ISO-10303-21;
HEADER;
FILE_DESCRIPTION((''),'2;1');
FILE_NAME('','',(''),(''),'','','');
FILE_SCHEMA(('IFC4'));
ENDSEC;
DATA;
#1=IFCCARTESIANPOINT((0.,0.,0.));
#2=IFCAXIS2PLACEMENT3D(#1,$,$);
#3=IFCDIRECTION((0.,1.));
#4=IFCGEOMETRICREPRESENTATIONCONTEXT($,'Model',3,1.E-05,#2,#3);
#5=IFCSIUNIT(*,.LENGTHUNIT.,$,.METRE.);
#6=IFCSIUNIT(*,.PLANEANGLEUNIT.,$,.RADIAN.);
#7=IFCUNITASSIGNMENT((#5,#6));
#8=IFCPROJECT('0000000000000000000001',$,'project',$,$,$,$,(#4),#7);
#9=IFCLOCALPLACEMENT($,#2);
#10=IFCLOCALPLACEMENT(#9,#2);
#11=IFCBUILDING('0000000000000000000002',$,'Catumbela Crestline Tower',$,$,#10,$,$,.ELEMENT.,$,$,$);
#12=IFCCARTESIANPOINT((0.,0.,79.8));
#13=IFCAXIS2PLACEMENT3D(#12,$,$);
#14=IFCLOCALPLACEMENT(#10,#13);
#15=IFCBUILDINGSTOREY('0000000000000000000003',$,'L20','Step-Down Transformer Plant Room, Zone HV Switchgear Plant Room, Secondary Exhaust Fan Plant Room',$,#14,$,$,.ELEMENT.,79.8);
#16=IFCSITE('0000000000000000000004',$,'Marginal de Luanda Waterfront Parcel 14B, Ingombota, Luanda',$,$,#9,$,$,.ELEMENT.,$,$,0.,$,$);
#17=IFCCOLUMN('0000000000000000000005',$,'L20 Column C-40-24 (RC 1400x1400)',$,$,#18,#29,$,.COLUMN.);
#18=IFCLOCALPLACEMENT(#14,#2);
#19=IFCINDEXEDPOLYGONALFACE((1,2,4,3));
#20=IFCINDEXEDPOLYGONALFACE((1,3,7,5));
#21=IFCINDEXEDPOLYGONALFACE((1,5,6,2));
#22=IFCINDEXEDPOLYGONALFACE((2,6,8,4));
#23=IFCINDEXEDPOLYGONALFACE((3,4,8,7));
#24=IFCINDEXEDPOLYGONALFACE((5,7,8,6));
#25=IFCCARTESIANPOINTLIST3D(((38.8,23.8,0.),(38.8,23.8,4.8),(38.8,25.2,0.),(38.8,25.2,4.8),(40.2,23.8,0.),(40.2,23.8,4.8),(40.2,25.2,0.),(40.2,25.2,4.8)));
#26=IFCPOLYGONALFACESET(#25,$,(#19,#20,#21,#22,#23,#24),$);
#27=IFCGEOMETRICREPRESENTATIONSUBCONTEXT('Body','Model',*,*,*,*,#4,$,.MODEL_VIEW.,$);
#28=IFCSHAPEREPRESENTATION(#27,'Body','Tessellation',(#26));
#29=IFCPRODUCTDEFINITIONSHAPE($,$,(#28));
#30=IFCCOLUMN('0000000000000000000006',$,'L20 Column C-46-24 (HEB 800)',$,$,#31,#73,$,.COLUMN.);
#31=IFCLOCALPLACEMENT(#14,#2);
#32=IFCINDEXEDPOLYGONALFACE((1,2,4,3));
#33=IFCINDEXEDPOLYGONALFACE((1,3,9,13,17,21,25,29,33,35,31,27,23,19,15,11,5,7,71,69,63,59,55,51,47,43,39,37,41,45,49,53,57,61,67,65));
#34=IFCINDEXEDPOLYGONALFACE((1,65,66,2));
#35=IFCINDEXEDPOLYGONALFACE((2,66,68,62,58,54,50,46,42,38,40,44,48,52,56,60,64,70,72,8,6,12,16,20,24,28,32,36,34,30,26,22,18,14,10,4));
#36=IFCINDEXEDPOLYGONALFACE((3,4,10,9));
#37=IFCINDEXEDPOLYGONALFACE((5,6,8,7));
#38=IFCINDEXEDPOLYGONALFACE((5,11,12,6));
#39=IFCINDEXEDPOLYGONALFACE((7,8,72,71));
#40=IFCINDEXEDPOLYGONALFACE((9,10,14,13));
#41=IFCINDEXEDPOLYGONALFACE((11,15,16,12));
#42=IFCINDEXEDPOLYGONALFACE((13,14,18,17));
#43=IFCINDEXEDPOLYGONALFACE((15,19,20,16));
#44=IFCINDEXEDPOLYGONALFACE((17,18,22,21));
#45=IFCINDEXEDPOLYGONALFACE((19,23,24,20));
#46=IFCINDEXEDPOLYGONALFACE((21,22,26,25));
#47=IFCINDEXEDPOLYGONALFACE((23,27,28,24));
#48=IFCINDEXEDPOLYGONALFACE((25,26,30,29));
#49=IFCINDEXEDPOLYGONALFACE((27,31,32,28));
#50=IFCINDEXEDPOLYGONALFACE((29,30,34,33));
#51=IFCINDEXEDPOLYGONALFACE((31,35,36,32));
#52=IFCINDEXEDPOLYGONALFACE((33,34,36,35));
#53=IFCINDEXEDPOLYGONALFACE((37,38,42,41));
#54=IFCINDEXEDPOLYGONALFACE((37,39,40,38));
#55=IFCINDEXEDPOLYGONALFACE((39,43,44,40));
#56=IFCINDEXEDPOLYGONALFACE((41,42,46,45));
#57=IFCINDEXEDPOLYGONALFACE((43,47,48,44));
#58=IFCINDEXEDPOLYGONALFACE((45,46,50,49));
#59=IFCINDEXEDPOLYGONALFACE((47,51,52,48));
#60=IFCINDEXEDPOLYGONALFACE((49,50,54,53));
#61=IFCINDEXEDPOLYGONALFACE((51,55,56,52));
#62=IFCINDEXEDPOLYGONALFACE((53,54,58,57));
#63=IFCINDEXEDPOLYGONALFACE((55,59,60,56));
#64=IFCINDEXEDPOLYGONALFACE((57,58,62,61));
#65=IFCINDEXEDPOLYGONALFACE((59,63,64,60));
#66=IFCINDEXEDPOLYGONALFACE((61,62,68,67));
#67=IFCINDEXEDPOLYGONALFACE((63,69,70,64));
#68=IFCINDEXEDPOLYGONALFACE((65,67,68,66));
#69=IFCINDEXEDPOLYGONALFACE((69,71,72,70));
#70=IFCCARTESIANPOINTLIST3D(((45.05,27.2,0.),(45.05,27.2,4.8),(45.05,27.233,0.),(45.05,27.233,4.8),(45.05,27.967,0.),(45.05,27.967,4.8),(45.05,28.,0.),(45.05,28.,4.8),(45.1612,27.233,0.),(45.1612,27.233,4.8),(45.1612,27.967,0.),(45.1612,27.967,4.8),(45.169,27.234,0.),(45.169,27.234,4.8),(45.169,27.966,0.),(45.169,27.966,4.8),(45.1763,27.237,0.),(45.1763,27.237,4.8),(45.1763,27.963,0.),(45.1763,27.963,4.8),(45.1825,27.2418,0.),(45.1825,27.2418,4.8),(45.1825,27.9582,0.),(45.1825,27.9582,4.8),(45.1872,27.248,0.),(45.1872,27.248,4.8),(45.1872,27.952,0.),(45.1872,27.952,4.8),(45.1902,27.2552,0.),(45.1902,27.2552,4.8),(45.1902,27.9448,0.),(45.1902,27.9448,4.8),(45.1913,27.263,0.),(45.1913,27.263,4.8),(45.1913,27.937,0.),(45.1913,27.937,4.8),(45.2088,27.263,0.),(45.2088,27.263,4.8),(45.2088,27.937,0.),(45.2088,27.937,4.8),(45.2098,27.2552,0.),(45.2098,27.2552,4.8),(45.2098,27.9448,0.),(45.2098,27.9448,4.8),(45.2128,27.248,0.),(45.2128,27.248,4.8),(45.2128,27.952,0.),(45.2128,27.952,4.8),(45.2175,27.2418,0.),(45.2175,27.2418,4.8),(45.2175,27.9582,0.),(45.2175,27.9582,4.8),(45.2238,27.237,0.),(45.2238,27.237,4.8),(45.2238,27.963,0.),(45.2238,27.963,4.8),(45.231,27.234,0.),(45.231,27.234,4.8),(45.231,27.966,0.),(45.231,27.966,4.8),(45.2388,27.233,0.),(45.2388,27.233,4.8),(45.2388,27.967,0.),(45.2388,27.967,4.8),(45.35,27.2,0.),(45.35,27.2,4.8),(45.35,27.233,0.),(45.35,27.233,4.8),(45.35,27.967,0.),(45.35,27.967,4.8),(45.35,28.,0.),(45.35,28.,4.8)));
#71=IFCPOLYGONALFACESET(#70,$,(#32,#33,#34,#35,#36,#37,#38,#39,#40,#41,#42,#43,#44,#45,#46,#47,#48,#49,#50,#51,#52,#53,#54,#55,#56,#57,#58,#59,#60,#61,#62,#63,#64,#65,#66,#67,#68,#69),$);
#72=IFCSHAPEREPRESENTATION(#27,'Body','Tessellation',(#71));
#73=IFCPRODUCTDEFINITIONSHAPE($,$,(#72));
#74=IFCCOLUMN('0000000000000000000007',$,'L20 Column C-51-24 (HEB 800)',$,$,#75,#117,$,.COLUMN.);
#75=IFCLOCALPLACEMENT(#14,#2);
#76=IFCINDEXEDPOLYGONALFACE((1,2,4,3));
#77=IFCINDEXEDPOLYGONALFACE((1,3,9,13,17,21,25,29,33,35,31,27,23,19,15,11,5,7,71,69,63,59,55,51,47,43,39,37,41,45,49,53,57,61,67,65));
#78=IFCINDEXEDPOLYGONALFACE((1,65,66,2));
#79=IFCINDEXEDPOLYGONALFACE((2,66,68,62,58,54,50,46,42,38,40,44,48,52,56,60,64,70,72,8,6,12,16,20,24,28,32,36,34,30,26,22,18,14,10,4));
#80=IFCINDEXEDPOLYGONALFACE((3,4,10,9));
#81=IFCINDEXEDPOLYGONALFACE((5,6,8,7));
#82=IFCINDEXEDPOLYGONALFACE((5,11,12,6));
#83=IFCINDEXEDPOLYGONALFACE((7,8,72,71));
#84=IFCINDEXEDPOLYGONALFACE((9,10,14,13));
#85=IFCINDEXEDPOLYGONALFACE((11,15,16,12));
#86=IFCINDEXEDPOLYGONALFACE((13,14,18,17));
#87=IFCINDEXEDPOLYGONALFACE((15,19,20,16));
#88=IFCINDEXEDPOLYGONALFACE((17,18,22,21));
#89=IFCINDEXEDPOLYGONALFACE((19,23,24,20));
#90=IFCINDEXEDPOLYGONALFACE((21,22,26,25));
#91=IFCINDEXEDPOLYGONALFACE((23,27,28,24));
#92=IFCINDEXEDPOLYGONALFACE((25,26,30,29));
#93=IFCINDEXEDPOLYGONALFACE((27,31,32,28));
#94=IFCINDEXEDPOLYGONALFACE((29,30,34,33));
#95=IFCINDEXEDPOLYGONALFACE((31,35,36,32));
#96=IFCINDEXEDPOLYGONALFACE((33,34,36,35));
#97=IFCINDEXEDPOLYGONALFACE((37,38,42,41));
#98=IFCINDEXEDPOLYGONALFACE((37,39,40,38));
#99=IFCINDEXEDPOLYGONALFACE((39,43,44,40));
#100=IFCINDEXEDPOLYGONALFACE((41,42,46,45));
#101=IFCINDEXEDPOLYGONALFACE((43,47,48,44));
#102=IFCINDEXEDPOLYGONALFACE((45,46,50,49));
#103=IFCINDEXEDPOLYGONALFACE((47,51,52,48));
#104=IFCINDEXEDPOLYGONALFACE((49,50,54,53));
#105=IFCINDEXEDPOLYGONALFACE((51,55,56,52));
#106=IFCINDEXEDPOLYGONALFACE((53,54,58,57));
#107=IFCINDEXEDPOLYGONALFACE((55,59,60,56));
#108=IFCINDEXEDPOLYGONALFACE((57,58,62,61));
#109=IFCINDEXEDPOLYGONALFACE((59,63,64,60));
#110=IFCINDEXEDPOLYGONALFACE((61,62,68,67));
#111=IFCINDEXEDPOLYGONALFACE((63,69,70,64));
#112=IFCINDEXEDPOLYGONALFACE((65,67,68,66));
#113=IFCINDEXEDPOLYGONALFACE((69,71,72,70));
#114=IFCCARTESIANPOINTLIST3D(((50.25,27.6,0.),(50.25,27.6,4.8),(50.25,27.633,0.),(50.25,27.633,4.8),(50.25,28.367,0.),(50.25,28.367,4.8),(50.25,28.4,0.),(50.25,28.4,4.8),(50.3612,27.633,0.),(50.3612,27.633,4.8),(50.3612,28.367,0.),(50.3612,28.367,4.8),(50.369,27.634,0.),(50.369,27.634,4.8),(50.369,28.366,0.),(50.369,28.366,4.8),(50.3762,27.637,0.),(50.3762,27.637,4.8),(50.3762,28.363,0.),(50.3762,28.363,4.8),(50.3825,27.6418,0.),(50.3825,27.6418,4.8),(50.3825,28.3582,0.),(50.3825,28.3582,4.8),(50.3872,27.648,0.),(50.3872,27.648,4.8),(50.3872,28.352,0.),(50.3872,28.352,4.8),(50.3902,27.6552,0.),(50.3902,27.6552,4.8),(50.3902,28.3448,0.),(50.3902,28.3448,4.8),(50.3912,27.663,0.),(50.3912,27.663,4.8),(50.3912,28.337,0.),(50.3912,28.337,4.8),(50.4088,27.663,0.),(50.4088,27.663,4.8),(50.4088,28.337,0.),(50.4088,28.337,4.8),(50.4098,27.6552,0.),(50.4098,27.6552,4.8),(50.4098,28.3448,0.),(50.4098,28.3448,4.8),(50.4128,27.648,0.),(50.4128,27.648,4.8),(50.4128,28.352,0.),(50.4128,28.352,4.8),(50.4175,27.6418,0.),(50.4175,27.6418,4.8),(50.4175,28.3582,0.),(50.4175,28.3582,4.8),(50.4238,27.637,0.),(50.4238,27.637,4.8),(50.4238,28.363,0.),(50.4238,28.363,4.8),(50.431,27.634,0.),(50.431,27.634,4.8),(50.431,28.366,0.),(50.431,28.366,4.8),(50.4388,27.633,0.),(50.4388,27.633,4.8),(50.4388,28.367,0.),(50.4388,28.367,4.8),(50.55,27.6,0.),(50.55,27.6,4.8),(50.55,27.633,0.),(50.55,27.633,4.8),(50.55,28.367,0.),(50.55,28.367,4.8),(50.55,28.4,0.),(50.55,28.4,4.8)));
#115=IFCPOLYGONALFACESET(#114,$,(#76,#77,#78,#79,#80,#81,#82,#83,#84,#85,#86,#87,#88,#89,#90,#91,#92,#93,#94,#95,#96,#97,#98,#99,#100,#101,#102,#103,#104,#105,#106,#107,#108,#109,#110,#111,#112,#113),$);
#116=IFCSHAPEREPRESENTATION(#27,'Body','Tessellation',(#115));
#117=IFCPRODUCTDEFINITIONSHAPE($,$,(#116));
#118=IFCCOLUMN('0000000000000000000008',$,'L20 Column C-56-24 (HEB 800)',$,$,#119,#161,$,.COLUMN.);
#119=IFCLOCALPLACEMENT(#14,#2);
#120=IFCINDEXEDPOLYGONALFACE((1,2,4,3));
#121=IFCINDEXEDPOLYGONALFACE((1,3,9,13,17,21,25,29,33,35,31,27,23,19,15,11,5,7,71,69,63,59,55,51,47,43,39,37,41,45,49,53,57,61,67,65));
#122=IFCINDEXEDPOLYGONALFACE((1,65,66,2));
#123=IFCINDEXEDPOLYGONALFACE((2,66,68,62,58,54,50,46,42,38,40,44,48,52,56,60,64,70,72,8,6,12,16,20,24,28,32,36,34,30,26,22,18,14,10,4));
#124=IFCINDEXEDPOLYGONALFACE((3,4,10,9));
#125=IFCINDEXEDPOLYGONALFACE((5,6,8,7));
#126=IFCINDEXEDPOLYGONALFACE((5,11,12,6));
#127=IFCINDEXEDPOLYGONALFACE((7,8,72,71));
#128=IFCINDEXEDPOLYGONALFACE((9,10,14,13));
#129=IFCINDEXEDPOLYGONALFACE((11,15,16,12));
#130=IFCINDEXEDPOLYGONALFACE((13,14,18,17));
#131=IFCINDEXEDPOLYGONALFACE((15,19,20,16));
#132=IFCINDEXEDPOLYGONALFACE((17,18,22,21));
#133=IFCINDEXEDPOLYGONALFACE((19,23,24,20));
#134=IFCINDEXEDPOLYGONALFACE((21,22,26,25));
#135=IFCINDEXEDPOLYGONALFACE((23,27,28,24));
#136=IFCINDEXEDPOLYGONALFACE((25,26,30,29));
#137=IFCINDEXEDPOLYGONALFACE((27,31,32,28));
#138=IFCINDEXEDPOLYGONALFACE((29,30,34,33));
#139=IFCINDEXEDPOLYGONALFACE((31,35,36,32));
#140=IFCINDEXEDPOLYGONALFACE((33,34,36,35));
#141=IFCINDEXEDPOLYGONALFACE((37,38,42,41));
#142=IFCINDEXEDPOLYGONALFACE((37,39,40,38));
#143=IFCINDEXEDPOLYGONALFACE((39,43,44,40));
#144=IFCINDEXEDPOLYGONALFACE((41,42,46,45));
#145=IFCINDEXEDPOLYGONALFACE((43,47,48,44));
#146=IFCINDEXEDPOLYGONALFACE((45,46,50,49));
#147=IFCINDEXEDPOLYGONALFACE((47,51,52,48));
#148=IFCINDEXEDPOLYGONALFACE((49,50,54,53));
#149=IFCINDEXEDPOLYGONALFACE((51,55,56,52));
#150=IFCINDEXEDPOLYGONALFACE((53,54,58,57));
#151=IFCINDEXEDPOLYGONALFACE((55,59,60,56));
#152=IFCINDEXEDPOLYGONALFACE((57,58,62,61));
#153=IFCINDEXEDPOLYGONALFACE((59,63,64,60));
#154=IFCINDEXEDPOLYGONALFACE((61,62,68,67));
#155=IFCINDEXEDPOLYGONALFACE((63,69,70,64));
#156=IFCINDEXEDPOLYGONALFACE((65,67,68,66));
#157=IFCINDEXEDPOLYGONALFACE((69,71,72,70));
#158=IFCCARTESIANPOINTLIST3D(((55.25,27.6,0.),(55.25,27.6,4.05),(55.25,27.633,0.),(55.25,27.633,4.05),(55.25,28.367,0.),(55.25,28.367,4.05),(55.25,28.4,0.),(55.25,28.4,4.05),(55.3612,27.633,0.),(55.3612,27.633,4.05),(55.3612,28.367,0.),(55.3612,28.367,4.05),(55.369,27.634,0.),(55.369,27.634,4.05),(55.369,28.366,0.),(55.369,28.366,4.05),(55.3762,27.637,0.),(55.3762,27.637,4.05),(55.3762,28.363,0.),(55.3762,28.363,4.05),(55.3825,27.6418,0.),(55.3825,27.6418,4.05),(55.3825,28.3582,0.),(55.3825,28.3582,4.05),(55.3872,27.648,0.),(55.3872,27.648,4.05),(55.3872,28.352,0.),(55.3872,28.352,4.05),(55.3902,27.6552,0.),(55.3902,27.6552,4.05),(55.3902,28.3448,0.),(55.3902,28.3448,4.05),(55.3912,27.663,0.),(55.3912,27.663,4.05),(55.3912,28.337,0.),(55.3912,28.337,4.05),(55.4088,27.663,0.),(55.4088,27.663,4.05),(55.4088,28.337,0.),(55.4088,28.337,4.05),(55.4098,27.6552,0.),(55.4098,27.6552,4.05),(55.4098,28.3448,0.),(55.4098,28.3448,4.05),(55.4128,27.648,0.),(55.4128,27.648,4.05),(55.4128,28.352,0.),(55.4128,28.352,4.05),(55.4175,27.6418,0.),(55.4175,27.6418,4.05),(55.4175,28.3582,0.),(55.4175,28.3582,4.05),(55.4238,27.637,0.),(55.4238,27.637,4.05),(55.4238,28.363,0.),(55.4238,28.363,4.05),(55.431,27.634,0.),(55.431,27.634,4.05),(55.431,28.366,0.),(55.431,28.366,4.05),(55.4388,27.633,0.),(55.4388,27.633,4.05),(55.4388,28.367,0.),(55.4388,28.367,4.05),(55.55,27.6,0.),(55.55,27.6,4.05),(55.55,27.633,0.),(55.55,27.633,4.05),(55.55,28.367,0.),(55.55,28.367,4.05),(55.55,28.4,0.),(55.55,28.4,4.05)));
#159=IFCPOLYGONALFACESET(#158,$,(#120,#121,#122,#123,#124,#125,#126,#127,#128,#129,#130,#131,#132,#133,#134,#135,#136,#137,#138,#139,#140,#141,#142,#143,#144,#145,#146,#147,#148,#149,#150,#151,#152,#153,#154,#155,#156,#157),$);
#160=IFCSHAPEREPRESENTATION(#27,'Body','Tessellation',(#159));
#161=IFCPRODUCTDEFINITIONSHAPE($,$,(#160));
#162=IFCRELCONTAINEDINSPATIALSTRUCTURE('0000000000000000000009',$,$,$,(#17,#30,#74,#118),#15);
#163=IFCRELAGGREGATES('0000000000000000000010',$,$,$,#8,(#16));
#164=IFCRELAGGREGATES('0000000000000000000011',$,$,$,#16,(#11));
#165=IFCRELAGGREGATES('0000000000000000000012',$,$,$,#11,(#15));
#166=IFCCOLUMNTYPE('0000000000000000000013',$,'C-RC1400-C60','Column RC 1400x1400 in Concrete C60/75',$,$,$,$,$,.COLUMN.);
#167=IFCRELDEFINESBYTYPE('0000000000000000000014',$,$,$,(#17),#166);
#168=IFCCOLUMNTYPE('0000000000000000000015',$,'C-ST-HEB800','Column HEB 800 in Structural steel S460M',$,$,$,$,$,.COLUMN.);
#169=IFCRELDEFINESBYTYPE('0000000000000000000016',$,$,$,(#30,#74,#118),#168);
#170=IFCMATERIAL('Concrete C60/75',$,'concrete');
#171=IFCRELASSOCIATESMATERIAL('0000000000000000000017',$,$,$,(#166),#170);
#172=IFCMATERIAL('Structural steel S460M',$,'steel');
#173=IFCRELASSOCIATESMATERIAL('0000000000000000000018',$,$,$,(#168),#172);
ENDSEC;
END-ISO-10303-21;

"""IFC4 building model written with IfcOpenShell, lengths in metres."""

from ifc_helpers import new_model, si_unit, direction, frame, origin, origin_2d, place, context, subcontext, project, spatial, rectangle, i_section, extrude, material, material_profile, profile_set, type_object, element, save


model = new_model("IFC4")

# Units and contexts
model_context = context("Model", 3, precision=1e-05, world=origin(), true_north=direction((0.0, 1.0)))
body_context = subcontext(model_context, "Body", "Model", "MODEL_VIEW")
ifc_project = project(units=[si_unit("LENGTHUNIT", "METRE"), si_unit("PLANEANGLEUNIT", "RADIAN")], contexts=[model_context])

# Site, building, storey
site_placement = place(None, origin())
site = spatial("IfcSite", under=ifc_project, at=site_placement, Name="Marginal de Luanda Waterfront Parcel 14B, Ingombota, Luanda", CompositionType="ELEMENT", RefElevation=0.0)
building_placement = place(site_placement, origin())
building = spatial("IfcBuilding", under=site, at=building_placement, Name="Catumbela Crestline Tower", CompositionType="ELEMENT")
storey_placement = place(building_placement, frame((0.0, 0.0, 79.8)))
storey = spatial("IfcBuildingStorey", under=building, at=storey_placement, Name="L20", Description="Step-Down Transformer Plant Room, Zone HV Switchgear Plant Room, Secondary Exhaust Fan Plant Room", CompositionType="ELEMENT", Elevation=79.8)

# Columns
ifc_material_1 = material(Name="Concrete C60/75", Category="concrete")
ifc_material_profile_1 = material_profile(ifc_material_1, rectangle(XDim=1.4, YDim=1.4, at=origin_2d()), Name="RC 1400x1400")
ifc_profile_set_1 = profile_set([ifc_material_profile_1], Name="Concrete C60/75")
column_type_1 = type_object("IfcColumnType", Name="C-RC1400-C60", Description="Column RC 1400x1400 in Concrete C60/75", PredefinedType="COLUMN", material=ifc_profile_set_1)
column_1_placement = place(storey_placement, frame((39.5, 24.5, 0.0), z_axis=(0.0, 0.0, 1.0), x_axis=(1.0, 0.0, 0.0)))
element("IfcColumn", 1, at=column_1_placement, inside=storey, type_object=column_type_1, Name="L20 Column C-40-24 (RC 1400x1400)", PredefinedType="COLUMN", context=body_context, shape_type="SweptSolid", body=[
    extrude(rectangle(XDim=1.4, YDim=1.4, at=origin_2d()), origin(), (0.0, 0.0, 1.0), 4.8),
])
ifc_material_2 = material(Name="Structural steel S460M", Category="steel")
ifc_material_profile_2 = material_profile(ifc_material_2, i_section(OverallWidth=0.3, OverallDepth=0.8, WebThickness=0.0175, FlangeThickness=0.033, FilletRadius=0.03, at=origin_2d()), Name="HEB 800")
ifc_profile_set_2 = profile_set([ifc_material_profile_2], Name="Structural steel S460M")
column_type_2 = type_object("IfcColumnType", Name="C-ST-HEB800", Description="Column HEB 800 in Structural steel S460M", PredefinedType="COLUMN", material=ifc_profile_set_2)
for number, where, z_axis, x_axis, name in (
    (2, (45.2, 27.6, 0.0), (0.0, 0.0, 1.0), (1.0, 0.0, 0.0), "L20 Column C-46-24 (HEB 800)"),
    (3, (50.4, 28.0, 0.0), (0.0, 0.0, 1.0), (1.0, 0.0, 0.0), "L20 Column C-51-24 (HEB 800)"),
):
    element("IfcColumn", number, at=place(storey_placement, frame(where, z_axis=z_axis, x_axis=x_axis)), inside=storey, type_object=column_type_2, Name=name, PredefinedType="COLUMN", context=body_context, shape_type="SweptSolid", body=[
        extrude(i_section(OverallWidth=0.3, OverallDepth=0.8, WebThickness=0.0175, FlangeThickness=0.033, FilletRadius=0.03, at=origin_2d()), origin(), (0.0, 0.0, 1.0), 4.8),
    ])
column_2_placement = place(storey_placement, frame((55.4, 28.0, 0.0), z_axis=(0.0, 0.0, 1.0), x_axis=(1.0, 0.0, 0.0)))
element("IfcColumn", 4, at=column_2_placement, inside=storey, type_object=column_type_2, Name="L20 Column C-56-24 (HEB 800)", PredefinedType="COLUMN", context=body_context, shape_type="SweptSolid", body=[
    extrude(i_section(OverallWidth=0.3, OverallDepth=0.8, WebThickness=0.0175, FlangeThickness=0.033, FilletRadius=0.03, at=origin_2d()), origin(), (0.0, 0.0, 1.0), 4.05),
])

save(model, "model.ifc")
